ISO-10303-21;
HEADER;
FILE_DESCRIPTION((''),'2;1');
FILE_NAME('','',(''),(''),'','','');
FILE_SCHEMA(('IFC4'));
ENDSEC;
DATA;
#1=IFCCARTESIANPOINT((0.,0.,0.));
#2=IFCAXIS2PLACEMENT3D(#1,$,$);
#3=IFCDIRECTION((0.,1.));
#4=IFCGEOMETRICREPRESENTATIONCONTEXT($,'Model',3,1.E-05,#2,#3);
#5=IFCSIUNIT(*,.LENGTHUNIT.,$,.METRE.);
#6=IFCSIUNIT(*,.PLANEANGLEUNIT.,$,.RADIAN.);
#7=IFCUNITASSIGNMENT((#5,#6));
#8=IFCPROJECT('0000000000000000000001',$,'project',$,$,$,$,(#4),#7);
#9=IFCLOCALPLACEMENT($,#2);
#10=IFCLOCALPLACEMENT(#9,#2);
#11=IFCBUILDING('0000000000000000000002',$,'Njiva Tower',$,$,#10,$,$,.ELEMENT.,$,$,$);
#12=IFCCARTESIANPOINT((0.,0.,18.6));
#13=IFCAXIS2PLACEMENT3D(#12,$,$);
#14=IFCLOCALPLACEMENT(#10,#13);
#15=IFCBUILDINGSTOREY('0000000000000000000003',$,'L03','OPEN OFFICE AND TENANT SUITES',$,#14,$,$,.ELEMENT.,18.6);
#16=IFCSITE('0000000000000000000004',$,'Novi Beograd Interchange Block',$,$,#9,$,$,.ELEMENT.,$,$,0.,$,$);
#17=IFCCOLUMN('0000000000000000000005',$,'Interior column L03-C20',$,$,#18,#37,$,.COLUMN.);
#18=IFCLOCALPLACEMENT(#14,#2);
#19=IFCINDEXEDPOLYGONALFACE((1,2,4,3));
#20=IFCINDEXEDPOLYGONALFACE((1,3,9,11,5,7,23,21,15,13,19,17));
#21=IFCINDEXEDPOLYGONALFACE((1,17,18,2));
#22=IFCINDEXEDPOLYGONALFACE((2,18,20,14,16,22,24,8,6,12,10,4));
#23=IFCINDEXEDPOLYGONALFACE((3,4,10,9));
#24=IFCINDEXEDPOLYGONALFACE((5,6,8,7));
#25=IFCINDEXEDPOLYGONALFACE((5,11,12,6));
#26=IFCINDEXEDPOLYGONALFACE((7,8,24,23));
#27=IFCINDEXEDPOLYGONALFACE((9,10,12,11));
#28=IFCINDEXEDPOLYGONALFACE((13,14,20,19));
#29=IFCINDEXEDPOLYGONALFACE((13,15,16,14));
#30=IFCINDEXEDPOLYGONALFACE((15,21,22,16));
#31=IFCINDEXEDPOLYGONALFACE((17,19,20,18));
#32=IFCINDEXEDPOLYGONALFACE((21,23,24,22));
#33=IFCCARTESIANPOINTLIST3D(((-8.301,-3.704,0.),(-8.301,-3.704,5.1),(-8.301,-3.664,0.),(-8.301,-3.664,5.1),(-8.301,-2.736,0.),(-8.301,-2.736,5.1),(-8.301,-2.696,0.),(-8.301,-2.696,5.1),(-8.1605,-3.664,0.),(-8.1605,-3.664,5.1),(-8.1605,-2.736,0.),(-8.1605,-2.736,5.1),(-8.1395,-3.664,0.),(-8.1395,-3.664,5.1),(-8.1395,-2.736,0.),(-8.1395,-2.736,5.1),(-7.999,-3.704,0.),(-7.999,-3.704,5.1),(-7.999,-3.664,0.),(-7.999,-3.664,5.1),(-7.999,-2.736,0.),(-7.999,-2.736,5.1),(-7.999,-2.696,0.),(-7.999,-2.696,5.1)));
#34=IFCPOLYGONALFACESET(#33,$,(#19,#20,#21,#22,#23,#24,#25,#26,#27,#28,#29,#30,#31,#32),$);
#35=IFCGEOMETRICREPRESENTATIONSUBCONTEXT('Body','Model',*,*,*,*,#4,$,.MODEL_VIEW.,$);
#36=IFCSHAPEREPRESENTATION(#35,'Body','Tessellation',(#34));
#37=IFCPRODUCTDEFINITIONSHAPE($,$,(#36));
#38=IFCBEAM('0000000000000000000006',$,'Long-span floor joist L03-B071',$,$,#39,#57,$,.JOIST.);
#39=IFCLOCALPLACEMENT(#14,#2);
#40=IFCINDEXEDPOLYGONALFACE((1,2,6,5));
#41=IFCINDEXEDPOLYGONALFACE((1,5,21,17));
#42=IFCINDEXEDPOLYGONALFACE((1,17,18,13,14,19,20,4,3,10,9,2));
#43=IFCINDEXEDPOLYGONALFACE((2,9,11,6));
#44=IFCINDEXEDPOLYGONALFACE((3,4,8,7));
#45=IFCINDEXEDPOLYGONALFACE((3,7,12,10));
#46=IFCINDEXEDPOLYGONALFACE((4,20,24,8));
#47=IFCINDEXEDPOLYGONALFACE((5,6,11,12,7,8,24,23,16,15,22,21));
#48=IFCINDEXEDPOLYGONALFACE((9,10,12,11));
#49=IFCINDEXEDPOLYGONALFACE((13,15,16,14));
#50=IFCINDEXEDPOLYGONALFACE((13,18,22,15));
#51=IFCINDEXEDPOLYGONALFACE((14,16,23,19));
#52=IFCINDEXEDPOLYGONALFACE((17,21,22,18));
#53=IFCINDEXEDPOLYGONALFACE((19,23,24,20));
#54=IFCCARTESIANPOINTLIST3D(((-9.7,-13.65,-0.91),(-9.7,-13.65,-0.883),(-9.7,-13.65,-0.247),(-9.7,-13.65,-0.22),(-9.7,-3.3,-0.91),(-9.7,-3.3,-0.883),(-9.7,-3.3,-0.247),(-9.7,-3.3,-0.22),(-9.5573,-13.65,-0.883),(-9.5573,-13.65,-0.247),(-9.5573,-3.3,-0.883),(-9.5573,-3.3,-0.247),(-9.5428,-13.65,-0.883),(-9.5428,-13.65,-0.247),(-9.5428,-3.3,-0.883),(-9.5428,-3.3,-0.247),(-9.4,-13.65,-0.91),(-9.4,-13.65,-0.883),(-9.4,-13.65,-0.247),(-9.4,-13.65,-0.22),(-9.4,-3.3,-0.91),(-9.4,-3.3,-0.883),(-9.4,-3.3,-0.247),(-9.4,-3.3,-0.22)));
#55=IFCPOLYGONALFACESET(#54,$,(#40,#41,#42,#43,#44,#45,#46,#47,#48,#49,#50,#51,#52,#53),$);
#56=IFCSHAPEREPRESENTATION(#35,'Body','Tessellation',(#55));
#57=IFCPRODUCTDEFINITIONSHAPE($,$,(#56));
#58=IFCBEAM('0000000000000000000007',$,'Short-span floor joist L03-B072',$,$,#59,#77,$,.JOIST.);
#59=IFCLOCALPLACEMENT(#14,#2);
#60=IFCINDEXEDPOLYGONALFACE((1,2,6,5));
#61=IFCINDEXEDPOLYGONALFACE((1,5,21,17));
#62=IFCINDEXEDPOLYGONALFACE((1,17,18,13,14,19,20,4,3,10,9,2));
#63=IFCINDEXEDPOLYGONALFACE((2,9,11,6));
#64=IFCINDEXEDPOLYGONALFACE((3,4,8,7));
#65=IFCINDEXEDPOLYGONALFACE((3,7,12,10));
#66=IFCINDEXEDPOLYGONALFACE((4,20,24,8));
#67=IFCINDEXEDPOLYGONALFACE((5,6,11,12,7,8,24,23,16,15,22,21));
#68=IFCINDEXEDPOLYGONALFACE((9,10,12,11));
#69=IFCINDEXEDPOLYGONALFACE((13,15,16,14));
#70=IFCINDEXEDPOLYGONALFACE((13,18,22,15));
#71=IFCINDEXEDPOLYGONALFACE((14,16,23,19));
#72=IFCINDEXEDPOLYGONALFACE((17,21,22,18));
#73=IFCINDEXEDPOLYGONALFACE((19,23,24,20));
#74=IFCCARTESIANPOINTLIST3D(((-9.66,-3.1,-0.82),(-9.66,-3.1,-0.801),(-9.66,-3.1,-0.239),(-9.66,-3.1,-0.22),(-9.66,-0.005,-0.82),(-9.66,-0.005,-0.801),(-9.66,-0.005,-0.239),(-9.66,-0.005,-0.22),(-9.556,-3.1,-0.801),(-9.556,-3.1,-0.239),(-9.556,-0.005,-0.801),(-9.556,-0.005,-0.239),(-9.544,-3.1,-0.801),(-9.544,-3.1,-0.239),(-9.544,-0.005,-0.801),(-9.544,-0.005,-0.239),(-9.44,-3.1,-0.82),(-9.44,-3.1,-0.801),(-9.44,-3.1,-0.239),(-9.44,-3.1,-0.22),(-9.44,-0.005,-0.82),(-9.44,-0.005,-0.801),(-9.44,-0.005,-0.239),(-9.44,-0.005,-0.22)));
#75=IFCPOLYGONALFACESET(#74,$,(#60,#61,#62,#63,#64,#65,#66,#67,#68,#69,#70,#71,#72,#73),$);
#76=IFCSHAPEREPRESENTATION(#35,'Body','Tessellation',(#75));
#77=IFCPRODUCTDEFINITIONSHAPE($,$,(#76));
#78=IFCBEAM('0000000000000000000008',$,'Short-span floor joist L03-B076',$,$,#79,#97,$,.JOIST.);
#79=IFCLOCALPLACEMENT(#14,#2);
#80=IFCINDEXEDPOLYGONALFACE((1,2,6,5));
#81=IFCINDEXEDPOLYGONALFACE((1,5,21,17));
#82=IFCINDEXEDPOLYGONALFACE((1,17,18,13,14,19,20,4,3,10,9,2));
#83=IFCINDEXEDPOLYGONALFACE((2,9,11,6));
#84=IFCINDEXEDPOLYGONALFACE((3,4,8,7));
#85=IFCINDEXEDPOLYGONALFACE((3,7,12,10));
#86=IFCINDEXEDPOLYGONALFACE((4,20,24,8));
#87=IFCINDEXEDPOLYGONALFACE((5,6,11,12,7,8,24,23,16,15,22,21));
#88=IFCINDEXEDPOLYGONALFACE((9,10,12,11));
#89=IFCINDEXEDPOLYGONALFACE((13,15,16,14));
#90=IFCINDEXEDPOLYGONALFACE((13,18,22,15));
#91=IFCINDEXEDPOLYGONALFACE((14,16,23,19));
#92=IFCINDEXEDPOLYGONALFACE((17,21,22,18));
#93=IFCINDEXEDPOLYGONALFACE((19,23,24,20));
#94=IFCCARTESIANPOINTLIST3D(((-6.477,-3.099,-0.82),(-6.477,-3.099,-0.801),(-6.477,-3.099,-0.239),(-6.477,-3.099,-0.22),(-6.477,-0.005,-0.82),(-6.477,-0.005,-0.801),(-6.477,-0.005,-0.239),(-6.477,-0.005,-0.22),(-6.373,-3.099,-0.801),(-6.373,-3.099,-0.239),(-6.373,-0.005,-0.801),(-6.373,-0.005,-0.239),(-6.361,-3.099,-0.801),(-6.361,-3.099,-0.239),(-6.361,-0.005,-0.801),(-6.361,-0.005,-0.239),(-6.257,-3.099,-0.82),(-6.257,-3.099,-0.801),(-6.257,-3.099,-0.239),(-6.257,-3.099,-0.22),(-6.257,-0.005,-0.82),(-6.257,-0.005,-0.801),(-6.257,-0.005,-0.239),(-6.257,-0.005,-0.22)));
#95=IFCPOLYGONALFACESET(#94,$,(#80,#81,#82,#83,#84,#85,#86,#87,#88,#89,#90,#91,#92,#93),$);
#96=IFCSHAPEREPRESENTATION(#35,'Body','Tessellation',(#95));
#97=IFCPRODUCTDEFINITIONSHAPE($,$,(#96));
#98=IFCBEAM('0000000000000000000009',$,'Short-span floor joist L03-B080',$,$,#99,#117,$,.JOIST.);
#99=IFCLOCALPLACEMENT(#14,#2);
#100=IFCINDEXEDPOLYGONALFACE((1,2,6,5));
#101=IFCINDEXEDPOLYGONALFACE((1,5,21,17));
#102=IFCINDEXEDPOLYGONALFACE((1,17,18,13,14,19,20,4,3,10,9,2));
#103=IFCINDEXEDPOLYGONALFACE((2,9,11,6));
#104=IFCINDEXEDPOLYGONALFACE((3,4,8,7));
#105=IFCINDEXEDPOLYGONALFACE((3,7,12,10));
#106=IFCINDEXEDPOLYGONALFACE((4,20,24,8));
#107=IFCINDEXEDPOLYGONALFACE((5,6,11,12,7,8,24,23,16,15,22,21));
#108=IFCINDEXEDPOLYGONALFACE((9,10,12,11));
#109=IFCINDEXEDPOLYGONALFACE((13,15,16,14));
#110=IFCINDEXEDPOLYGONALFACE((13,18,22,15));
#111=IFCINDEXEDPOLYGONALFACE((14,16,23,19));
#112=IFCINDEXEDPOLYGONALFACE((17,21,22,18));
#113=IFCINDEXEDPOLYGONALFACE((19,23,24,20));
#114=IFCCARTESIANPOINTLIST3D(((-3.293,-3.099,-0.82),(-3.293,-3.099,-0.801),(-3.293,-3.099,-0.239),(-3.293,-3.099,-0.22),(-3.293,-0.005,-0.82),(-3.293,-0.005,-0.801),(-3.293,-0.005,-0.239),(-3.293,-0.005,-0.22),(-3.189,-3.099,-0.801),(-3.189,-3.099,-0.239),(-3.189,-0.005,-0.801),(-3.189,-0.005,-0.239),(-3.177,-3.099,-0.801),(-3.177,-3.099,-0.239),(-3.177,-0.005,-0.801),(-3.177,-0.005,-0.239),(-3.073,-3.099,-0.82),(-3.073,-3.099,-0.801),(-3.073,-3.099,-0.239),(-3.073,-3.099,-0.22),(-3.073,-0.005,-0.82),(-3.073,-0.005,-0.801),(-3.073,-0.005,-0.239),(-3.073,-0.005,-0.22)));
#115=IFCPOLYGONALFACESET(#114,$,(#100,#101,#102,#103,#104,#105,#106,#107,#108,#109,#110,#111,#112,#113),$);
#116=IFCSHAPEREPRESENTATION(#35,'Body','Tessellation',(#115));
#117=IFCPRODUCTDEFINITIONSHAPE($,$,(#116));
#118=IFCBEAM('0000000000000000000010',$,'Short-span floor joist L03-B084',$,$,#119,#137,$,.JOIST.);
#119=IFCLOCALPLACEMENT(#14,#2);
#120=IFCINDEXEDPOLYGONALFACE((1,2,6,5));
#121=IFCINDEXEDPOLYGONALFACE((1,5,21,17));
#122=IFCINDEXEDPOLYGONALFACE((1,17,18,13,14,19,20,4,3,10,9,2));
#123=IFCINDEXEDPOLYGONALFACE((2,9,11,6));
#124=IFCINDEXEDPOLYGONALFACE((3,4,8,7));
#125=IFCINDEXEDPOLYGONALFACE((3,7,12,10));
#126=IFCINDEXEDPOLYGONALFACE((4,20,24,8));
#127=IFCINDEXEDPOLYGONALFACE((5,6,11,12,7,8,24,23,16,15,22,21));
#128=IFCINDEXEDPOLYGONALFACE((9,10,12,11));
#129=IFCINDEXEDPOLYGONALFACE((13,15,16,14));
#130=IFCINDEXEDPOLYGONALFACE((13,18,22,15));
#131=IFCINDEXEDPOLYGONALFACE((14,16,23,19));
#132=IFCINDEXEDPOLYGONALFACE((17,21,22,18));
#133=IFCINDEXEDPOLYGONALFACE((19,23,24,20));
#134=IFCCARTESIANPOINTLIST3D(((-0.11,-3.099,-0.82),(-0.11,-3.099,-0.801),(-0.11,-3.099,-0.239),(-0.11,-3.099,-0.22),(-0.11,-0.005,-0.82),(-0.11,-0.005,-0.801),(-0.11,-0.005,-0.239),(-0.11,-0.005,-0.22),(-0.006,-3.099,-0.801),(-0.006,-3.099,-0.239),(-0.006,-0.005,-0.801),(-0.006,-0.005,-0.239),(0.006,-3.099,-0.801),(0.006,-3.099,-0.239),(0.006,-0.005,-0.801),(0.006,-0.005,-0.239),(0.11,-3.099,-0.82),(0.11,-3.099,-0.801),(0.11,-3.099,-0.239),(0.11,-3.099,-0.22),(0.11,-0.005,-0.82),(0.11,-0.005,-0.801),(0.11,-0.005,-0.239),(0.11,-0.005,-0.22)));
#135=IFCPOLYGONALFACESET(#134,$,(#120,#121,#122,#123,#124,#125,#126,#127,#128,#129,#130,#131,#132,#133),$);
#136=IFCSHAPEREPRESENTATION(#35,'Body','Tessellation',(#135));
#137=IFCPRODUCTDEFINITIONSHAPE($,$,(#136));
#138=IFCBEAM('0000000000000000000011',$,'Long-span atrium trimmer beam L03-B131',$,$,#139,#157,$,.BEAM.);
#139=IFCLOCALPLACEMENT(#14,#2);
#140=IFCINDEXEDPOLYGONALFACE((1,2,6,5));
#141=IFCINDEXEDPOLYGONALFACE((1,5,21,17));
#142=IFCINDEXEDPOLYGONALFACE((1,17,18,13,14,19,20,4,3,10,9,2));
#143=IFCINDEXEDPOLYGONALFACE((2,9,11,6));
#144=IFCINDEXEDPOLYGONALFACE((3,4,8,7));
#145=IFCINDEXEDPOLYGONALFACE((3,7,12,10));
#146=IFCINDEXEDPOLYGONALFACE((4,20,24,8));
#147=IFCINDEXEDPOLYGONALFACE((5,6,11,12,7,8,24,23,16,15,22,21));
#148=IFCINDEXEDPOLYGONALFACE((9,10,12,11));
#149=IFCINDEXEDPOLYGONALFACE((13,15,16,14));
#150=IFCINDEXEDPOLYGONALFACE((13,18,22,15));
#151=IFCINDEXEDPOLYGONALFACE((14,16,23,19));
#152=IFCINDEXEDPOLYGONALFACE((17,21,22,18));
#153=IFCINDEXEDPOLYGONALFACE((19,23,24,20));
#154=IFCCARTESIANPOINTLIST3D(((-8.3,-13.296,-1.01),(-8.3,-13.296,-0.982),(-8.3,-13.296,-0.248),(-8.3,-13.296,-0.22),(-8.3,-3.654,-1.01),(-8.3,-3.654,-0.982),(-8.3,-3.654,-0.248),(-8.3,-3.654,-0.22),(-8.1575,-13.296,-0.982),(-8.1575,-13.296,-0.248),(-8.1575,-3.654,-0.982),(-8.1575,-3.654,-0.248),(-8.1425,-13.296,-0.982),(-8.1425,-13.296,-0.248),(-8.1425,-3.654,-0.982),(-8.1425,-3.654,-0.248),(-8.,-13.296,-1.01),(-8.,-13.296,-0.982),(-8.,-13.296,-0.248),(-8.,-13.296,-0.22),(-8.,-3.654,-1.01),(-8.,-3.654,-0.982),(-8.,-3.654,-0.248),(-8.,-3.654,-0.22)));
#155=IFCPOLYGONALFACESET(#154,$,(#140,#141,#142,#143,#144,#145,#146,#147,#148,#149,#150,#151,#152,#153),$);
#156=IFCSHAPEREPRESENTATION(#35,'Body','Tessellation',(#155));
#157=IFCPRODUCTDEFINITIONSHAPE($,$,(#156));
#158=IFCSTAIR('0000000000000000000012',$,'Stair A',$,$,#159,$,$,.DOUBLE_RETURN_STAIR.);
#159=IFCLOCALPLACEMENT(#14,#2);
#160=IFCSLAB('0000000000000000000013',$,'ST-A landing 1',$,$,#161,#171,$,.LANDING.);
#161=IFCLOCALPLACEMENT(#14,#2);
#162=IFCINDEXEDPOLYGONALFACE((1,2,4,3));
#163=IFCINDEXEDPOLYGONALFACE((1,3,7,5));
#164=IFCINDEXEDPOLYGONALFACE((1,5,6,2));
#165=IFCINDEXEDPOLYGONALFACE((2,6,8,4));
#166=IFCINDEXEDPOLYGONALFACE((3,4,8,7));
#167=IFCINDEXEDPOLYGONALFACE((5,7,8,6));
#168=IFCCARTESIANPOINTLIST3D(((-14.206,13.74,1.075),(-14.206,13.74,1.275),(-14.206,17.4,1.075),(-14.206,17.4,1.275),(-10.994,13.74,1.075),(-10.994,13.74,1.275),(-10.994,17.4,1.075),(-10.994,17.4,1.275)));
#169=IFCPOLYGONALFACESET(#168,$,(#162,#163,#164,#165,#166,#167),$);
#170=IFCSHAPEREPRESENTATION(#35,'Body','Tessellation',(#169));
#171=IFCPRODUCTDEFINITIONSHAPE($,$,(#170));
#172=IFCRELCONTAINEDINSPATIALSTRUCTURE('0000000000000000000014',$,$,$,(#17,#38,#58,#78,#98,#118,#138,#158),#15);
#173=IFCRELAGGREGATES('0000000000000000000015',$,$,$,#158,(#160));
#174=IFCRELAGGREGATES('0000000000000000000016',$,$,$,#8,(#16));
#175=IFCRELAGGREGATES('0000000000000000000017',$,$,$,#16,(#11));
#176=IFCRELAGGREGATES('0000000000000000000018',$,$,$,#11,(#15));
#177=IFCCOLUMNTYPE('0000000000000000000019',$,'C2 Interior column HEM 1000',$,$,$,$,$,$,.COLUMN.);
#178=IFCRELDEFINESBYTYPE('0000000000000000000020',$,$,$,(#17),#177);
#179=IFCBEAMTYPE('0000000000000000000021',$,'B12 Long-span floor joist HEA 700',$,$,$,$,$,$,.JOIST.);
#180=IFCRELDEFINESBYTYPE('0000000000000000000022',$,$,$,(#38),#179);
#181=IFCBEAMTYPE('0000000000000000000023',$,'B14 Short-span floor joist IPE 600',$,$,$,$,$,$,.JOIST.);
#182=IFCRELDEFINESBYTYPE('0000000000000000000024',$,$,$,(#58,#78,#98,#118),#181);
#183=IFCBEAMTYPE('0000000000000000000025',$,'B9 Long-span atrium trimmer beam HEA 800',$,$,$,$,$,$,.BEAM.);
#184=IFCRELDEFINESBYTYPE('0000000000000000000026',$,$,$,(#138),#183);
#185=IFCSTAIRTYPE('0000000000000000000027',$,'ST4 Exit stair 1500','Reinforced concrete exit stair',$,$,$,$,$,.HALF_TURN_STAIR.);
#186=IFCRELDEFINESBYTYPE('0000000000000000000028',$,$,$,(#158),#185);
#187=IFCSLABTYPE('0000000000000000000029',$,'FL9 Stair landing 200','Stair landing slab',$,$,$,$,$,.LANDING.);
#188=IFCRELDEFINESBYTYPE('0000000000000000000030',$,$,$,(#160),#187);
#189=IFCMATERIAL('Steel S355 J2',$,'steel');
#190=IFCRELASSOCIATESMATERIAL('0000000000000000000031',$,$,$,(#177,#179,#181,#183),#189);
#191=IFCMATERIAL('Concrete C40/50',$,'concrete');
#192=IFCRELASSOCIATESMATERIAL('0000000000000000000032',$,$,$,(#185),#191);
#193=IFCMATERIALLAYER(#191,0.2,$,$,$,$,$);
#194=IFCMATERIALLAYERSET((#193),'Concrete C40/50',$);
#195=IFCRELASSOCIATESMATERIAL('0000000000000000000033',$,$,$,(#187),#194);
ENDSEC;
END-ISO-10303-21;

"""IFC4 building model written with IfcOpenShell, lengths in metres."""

from ifc_helpers import new_model, si_unit, direction, frame, origin, origin_2d, place, context, subcontext, project, spatial, polyline, i_section, outline, extrude, material, layer, layer_set, material_profile, profile_set, type_object, element, aggregate, save


model = new_model("IFC4")

# Units and contexts
model_context = context("Model", 3, precision=1e-05, world=origin(), true_north=direction((0.0, 1.0)))
body_context = subcontext(model_context, "Body", "Model", "MODEL_VIEW")
ifc_project = project(units=[si_unit("LENGTHUNIT", "METRE"), si_unit("PLANEANGLEUNIT", "RADIAN")], contexts=[model_context])

# Site, building, storey
site_placement = place(None, origin())
site = spatial("IfcSite", under=ifc_project, at=site_placement, Name="Novi Beograd Interchange Block", CompositionType="ELEMENT", RefElevation=0.0)
building_placement = place(site_placement, origin())
building = spatial("IfcBuilding", under=site, at=building_placement, Name="Njiva Tower", CompositionType="ELEMENT")
storey_placement = place(building_placement, frame((0.0, 0.0, 18.6)))
storey = spatial("IfcBuildingStorey", under=building, at=storey_placement, Name="L03", Description="OPEN OFFICE AND TENANT SUITES", CompositionType="ELEMENT", Elevation=18.6)

# Column
ifc_material_1 = material(Name="Steel S355 J2", Category="steel")
ifc_material_profile_1 = material_profile(ifc_material_1, i_section(OverallWidth=0.302, OverallDepth=1.008, WebThickness=0.021, FlangeThickness=0.04, at=origin_2d()), Name="HEM 1000")
ifc_profile_set_1 = profile_set([ifc_material_profile_1], Name="Steel S355 J2")
column_type = type_object("IfcColumnType", Name="C2 Interior column HEM 1000", PredefinedType="COLUMN", material=ifc_profile_set_1)
column_placement = place(storey_placement, frame((-8.15, -3.2, 0.0), z_axis=(0.0, 0.0, 1.0), x_axis=(1.0, 0.0, 0.0)))
element("IfcColumn", 1, at=column_placement, inside=storey, type_object=column_type, Name="Interior column L03-C20", PredefinedType="COLUMN", context=body_context, shape_type="SweptSolid", body=[
    extrude(i_section(OverallWidth=0.302, OverallDepth=1.008, WebThickness=0.021, FlangeThickness=0.04, at=origin_2d()), origin(), (0.0, 0.0, 1.0), 5.1),
])

# Beams
ifc_material_profile_2 = material_profile(ifc_material_1, i_section(OverallWidth=0.3, OverallDepth=0.69, WebThickness=0.0145, FlangeThickness=0.027, at=origin_2d()), Name="HEA 700")
ifc_profile_set_2 = profile_set([ifc_material_profile_2], Name="Steel S355 J2")
beam_type_1 = type_object("IfcBeamType", Name="B12 Long-span floor joist HEA 700", PredefinedType="JOIST", material=ifc_profile_set_2)
beam_1_placement = place(storey_placement, frame((-9.55, -3.3, -0.565), z_axis=(0.0, -1.0, 0.0), x_axis=(1.0, 0.0, 0.0)))
element("IfcBeam", 2, at=beam_1_placement, inside=storey, type_object=beam_type_1, Name="Long-span floor joist L03-B071", PredefinedType="JOIST", context=body_context, shape_type="SweptSolid", body=[
    extrude(i_section(OverallWidth=0.3, OverallDepth=0.69, WebThickness=0.0145, FlangeThickness=0.027, at=origin_2d()), origin(), (0.0, 0.0, 1.0), 10.35),
])
ifc_material_profile_3 = material_profile(ifc_material_1, i_section(OverallWidth=0.22, OverallDepth=0.6, WebThickness=0.012, FlangeThickness=0.019, at=origin_2d()), Name="IPE 600")
ifc_profile_set_3 = profile_set([ifc_material_profile_3], Name="Steel S355 J2")
beam_type_2 = type_object("IfcBeamType", Name="B14 Short-span floor joist IPE 600", PredefinedType="JOIST", material=ifc_profile_set_3)
beam_2_placement = place(storey_placement, frame((-9.55, -0.005, -0.52), z_axis=(0.0, -1.0, 0.0), x_axis=(1.0, 0.0, 0.0)))
element("IfcBeam", 3, at=beam_2_placement, inside=storey, type_object=beam_type_2, Name="Short-span floor joist L03-B072", PredefinedType="JOIST", context=body_context, shape_type="SweptSolid", body=[
    extrude(i_section(OverallWidth=0.22, OverallDepth=0.6, WebThickness=0.012, FlangeThickness=0.019, at=origin_2d()), origin(), (0.0, 0.0, 1.0), 3.095),
])
for number, where, z_axis, x_axis, name in (
    (4, (-6.367, -0.005, -0.52), (0.0, -1.0, 0.0), (1.0, 0.0, 0.0), "Short-span floor joist L03-B076"),
    (5, (-3.183, -0.005, -0.52), (0.0, -1.0, 0.0), (1.0, 0.0, 0.0), "Short-span floor joist L03-B080"),
    (6, (0.0, -0.005, -0.52), (0.0, -1.0, 0.0), (1.0, 0.0, 0.0), "Short-span floor joist L03-B084"),
):
    element("IfcBeam", number, at=place(storey_placement, frame(where, z_axis=z_axis, x_axis=x_axis)), inside=storey, type_object=beam_type_2, Name=name, PredefinedType="JOIST", context=body_context, shape_type="SweptSolid", body=[
        extrude(i_section(OverallWidth=0.22, OverallDepth=0.6, WebThickness=0.012, FlangeThickness=0.019, at=origin_2d()), origin(), (0.0, 0.0, 1.0), 3.094),
    ])
ifc_material_profile_4 = material_profile(ifc_material_1, i_section(OverallWidth=0.3, OverallDepth=0.79, WebThickness=0.015, FlangeThickness=0.028, at=origin_2d()), Name="HEA 800")
ifc_profile_set_4 = profile_set([ifc_material_profile_4], Name="Steel S355 J2")
beam_type_3 = type_object("IfcBeamType", Name="B9 Long-span atrium trimmer beam HEA 800", PredefinedType="BEAM", material=ifc_profile_set_4)
beam_3_placement = place(storey_placement, frame((-8.15, -3.654, -0.615), z_axis=(0.0, -1.0, 0.0), x_axis=(1.0, 0.0, 0.0)))
element("IfcBeam", 7, at=beam_3_placement, inside=storey, type_object=beam_type_3, Name="Long-span atrium trimmer beam L03-B131", PredefinedType="BEAM", context=body_context, shape_type="SweptSolid", body=[
    extrude(i_section(OverallWidth=0.3, OverallDepth=0.79, WebThickness=0.015, FlangeThickness=0.028, at=origin_2d()), origin(), (0.0, 0.0, 1.0), 9.642),
])

# Stair, slab
ifc_material_2 = material(Name="Concrete C40/50", Category="concrete")
stair_type = type_object("IfcStairType", Name="ST4 Exit stair 1500", Description="Reinforced concrete exit stair", PredefinedType="HALF_TURN_STAIR", material=ifc_material_2)
stair_placement = place(storey_placement, origin())
stair = element("IfcStair", 8, at=stair_placement, inside=storey, type_object=stair_type, Name="Stair A", PredefinedType="DOUBLE_RETURN_STAIR")
ifc_layer_1 = layer(ifc_material_2, 0.2)
ifc_layer_set_1 = layer_set([ifc_layer_1], Name="Concrete C40/50")
slab_type_1 = type_object("IfcSlabType", Name="FL9 Stair landing 200", Description="Stair landing slab", PredefinedType="LANDING", material=ifc_layer_set_1)
slab_1_placement = place(storey_placement, frame((0.0, 0.0, 1.075)))
slab_1 = element("IfcSlab", 9, at=slab_1_placement, type_object=slab_type_1, Name="ST-A landing 1", PredefinedType="LANDING", context=body_context, shape_type="SweptSolid", body=[
    extrude(outline(polyline([(-14.206, 13.74), (-10.994, 13.74), (-10.994, 17.4), (-14.206, 17.4), (-14.206, 13.74)])), origin(), (0.0, 0.0, 1.0), 0.2),
])
aggregate(stair, [slab_1])

save(model, "model.ifc")
